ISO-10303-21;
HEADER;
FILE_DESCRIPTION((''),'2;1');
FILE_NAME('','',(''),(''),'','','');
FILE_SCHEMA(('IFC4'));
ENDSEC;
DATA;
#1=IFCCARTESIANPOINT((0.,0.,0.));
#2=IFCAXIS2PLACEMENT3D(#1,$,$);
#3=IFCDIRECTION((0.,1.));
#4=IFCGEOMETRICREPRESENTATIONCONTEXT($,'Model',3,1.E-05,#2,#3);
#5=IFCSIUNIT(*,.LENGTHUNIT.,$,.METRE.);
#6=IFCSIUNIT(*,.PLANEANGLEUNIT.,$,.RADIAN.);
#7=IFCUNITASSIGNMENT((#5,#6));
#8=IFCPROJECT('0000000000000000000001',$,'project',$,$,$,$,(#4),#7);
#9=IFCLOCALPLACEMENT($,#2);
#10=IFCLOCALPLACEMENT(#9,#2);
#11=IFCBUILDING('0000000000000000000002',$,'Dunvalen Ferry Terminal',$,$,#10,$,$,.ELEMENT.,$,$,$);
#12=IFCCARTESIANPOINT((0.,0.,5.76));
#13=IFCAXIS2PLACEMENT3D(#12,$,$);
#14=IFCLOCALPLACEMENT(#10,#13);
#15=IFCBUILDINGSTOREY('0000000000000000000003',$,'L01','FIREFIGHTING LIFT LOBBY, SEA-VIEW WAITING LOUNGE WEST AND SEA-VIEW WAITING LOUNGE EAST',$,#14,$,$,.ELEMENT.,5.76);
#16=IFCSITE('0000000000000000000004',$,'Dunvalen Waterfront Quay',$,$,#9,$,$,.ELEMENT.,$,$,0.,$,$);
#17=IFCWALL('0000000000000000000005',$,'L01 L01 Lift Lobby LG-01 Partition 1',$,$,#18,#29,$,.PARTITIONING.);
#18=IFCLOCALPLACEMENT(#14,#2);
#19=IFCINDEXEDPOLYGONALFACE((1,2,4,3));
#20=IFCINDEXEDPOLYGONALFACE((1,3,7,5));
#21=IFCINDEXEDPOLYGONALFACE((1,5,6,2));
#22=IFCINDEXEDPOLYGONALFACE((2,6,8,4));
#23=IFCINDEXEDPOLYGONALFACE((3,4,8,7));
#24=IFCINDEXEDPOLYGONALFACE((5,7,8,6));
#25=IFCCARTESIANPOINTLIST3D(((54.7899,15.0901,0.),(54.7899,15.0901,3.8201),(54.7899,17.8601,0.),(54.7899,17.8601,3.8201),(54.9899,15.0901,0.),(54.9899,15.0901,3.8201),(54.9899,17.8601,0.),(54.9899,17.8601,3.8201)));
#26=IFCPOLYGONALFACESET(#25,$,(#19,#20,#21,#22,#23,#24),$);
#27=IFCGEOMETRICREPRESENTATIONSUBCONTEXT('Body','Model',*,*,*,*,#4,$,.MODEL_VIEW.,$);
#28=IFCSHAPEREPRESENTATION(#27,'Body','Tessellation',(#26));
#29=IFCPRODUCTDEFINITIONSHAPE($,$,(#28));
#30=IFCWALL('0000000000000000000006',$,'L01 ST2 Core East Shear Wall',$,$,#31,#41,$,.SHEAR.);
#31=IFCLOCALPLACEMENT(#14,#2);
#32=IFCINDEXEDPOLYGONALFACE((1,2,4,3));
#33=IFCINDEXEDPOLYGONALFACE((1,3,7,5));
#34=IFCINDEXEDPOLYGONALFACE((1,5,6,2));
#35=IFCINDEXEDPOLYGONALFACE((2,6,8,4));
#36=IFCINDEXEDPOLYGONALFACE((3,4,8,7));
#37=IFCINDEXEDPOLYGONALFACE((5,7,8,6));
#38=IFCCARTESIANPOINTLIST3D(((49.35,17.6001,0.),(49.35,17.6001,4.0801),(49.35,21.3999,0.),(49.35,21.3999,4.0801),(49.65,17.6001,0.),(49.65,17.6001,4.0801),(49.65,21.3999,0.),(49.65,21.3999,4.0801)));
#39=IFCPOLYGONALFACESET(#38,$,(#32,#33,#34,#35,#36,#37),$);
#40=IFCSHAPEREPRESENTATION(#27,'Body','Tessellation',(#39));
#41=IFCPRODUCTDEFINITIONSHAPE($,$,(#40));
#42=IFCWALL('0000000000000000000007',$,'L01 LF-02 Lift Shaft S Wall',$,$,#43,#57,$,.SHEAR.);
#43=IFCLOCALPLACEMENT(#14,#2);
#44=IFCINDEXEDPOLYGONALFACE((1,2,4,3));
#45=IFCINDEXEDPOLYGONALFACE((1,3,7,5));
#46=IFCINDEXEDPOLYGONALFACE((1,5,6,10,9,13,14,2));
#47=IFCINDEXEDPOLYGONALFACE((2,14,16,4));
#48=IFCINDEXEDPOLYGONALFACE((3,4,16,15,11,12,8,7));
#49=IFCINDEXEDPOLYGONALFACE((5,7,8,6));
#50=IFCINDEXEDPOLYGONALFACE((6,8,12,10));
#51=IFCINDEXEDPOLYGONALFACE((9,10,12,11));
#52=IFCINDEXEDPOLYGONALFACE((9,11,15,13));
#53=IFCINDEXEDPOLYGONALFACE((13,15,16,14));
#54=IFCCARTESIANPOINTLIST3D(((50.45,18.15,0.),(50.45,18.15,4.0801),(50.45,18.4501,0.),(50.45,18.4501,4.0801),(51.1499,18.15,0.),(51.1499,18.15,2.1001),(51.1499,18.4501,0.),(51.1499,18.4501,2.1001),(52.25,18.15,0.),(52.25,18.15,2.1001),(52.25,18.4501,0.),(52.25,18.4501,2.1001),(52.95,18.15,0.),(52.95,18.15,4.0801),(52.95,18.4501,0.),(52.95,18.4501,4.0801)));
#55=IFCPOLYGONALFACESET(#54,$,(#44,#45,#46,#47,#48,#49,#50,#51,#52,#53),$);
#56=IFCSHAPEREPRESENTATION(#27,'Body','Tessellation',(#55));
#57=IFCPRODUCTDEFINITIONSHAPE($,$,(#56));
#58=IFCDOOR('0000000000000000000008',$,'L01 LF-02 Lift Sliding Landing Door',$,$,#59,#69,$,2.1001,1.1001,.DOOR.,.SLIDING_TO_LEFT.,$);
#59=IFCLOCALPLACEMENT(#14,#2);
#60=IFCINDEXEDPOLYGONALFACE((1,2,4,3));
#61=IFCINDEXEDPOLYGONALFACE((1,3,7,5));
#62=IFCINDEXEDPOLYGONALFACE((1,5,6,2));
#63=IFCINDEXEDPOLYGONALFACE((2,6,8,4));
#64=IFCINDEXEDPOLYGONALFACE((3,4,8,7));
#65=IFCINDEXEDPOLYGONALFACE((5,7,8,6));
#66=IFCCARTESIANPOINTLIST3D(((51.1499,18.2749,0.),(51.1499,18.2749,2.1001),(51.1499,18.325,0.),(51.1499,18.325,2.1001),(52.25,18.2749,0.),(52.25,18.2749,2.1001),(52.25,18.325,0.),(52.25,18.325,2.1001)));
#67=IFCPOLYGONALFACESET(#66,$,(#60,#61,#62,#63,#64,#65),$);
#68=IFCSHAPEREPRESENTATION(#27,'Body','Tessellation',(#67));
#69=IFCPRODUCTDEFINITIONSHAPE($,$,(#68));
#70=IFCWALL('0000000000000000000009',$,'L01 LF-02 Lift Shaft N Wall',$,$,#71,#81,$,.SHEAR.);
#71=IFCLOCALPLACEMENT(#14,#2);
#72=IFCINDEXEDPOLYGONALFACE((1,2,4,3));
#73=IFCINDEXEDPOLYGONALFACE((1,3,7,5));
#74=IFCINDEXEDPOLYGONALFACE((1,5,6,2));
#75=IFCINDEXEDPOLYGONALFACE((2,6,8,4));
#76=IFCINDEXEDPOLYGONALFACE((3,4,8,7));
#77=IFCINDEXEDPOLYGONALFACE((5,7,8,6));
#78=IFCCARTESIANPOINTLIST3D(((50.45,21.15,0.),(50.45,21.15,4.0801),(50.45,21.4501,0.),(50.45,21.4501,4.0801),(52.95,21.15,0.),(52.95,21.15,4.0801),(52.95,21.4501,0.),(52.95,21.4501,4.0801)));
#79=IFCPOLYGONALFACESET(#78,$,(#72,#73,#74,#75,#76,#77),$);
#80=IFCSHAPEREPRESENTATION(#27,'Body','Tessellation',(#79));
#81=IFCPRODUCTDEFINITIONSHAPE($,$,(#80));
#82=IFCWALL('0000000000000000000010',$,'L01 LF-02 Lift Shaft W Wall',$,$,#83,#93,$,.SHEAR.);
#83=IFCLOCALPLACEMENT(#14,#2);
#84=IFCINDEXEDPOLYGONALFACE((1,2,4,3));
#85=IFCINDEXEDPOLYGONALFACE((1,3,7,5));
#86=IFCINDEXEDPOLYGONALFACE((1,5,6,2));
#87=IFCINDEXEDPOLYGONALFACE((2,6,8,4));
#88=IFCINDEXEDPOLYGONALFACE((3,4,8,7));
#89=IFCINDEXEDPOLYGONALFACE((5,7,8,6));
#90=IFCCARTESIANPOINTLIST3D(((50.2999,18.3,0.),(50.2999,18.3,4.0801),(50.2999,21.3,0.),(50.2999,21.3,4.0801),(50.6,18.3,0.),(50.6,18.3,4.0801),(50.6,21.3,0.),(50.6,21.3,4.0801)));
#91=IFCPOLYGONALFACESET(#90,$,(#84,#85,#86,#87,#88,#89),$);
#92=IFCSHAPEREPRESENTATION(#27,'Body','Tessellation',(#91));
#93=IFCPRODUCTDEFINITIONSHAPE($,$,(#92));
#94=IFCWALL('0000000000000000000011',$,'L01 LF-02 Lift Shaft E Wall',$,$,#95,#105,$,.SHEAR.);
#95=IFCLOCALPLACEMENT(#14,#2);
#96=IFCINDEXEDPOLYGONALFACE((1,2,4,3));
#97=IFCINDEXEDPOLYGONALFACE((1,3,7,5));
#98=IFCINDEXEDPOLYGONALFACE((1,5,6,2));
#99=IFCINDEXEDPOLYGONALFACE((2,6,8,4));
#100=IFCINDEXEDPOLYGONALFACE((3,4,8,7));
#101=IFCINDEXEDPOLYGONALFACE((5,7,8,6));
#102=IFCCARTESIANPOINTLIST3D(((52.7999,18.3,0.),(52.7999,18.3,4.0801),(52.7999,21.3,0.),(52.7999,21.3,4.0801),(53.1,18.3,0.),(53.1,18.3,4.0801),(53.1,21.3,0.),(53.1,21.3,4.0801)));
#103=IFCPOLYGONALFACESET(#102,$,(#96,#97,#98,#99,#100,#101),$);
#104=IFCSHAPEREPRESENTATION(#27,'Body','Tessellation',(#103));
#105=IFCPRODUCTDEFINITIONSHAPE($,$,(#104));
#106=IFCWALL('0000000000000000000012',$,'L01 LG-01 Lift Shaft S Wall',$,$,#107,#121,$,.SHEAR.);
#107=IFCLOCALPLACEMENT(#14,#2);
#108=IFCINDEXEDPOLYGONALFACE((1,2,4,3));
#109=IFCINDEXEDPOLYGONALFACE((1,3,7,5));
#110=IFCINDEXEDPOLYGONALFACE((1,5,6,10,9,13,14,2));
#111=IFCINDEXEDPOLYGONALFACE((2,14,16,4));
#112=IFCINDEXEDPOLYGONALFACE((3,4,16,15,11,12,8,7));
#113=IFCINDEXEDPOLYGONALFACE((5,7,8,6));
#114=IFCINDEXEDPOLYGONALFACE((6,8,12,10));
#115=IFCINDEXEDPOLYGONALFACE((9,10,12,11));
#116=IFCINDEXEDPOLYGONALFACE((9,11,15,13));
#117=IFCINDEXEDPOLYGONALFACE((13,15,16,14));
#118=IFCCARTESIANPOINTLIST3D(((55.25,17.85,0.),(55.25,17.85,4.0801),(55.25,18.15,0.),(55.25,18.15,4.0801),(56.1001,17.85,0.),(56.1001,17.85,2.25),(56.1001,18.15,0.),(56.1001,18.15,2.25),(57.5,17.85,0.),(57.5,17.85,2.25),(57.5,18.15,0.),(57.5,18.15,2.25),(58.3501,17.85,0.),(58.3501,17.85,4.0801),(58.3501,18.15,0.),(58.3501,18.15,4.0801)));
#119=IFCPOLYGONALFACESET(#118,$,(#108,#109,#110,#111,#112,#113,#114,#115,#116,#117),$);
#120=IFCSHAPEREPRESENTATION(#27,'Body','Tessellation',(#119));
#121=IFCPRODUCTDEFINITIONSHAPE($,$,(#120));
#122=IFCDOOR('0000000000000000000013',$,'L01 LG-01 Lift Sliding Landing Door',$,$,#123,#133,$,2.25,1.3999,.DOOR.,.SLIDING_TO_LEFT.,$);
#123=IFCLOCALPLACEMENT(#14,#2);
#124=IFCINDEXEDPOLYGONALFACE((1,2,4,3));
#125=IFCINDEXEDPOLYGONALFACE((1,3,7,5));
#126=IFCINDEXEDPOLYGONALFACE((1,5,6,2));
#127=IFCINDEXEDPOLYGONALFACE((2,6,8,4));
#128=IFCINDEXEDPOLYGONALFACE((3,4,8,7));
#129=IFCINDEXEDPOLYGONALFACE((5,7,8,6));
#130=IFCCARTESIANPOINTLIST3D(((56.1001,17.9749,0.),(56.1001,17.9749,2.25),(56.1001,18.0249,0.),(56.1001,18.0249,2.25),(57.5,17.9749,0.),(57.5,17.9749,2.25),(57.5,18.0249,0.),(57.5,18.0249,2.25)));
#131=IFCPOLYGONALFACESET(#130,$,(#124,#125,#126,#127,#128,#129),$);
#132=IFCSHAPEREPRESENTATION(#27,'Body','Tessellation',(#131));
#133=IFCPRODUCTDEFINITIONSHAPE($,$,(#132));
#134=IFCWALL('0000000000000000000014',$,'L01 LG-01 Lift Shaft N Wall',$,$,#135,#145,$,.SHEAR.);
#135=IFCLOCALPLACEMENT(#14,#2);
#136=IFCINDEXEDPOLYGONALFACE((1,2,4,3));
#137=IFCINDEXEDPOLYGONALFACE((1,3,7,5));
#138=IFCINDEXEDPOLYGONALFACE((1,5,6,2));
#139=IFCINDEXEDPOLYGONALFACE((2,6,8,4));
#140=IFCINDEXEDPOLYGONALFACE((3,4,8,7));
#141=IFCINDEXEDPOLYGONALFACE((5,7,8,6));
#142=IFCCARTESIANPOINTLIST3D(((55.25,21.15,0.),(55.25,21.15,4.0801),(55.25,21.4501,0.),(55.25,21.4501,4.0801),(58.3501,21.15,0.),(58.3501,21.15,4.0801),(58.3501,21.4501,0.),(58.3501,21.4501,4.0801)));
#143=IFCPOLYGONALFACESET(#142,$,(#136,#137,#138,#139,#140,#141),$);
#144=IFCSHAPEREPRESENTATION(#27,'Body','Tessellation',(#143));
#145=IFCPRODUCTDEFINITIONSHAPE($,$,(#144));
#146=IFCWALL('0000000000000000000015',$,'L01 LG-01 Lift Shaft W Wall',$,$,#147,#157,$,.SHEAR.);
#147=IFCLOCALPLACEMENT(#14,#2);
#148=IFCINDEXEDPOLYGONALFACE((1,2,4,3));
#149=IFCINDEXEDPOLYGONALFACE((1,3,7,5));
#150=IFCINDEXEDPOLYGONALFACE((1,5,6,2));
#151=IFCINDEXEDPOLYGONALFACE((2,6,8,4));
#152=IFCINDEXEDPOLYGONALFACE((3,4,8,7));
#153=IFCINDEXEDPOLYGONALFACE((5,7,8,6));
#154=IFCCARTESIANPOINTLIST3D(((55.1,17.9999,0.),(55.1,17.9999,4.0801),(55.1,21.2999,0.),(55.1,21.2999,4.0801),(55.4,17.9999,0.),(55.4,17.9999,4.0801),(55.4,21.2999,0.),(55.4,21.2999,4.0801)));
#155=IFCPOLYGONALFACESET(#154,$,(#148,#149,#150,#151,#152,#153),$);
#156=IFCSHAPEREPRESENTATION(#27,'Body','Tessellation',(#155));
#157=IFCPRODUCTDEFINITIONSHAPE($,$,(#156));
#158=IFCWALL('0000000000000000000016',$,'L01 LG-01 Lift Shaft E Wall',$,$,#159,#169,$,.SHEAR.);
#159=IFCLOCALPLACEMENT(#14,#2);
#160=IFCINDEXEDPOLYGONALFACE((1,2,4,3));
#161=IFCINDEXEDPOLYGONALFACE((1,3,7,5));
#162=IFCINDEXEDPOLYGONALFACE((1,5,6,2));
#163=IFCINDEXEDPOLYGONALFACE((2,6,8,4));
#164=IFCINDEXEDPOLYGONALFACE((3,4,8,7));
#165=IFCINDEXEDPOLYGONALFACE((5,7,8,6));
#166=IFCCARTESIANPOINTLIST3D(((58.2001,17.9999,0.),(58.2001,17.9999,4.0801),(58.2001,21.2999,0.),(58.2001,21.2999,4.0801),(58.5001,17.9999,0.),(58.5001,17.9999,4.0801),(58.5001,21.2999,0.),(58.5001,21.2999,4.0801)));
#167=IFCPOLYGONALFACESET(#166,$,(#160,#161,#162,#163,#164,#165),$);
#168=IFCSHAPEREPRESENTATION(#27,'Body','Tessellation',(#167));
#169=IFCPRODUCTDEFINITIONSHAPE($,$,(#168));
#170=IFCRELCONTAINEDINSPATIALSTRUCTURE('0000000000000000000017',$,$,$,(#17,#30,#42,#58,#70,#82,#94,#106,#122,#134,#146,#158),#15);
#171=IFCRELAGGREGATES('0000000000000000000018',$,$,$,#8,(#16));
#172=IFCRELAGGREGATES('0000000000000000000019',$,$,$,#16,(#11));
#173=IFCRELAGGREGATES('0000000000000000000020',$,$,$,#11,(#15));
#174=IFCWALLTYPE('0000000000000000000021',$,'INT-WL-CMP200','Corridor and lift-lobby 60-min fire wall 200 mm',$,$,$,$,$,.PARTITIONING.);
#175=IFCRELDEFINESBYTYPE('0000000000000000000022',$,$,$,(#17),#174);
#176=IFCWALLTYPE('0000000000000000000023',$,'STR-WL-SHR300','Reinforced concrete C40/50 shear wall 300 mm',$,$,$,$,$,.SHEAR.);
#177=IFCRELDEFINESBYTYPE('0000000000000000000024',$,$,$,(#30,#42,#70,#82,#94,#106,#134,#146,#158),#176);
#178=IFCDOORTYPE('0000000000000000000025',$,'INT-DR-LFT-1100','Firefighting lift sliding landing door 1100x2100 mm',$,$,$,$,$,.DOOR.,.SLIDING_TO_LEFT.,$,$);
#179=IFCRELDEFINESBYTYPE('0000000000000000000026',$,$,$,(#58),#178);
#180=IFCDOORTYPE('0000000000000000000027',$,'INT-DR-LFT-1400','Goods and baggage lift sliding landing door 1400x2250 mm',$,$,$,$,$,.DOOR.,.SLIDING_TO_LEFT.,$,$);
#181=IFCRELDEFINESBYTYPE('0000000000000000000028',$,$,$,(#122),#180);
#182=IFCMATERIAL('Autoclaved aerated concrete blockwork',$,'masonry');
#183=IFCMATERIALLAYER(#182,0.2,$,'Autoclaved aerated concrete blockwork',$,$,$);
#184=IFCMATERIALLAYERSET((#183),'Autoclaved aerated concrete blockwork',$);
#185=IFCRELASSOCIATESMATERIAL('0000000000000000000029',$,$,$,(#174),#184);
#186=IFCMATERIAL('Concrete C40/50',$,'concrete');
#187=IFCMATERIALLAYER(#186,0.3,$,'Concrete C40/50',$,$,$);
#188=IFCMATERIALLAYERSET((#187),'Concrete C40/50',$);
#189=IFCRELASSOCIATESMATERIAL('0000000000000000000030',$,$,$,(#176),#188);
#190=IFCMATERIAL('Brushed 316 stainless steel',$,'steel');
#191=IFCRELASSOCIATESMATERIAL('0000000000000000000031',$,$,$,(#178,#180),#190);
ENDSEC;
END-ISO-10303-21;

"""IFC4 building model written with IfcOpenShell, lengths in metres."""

from ifc_helpers import new_model, si_unit, direction, frame, frame_2d, origin, place, context, subcontext, project, spatial, rectangle, extrude, material, layer, layer_set, type_object, element, fill, save


model = new_model("IFC4")

# Units and contexts
model_context = context("Model", 3, precision=1e-05, world=origin(), true_north=direction((0.0, 1.0)))
body_context = subcontext(model_context, "Body", "Model", "MODEL_VIEW")
ifc_project = project(units=[si_unit("LENGTHUNIT", "METRE"), si_unit("PLANEANGLEUNIT", "RADIAN")], contexts=[model_context])

# Site, building, storey
site_placement = place(None, origin())
site = spatial("IfcSite", under=ifc_project, at=site_placement, Name="Dunvalen Waterfront Quay", CompositionType="ELEMENT", RefElevation=0.0)
building_placement = place(site_placement, origin())
building = spatial("IfcBuilding", under=site, at=building_placement, Name="Dunvalen Ferry Terminal", CompositionType="ELEMENT")
storey_placement = place(building_placement, frame((0.0, 0.0, 5.76)))
storey = spatial("IfcBuildingStorey", under=building, at=storey_placement, Name="L01", Description="FIREFIGHTING LIFT LOBBY, SEA-VIEW WAITING LOUNGE WEST AND SEA-VIEW WAITING LOUNGE EAST", CompositionType="ELEMENT", Elevation=5.76)

# Wall
ifc_material_1 = material(Name="Autoclaved aerated concrete blockwork", Category="masonry")
ifc_layer_1 = layer(ifc_material_1, 0.2, Name="Autoclaved aerated concrete blockwork")
ifc_layer_set_1 = layer_set([ifc_layer_1], Name="Autoclaved aerated concrete blockwork")
wall_type_1 = type_object("IfcWallType", Name="INT-WL-CMP200", Description="Corridor and lift-lobby 60-min fire wall 200 mm", PredefinedType="PARTITIONING", material=ifc_layer_set_1)
wall_1_placement = place(storey_placement, frame((54.8899, 17.8601, 0.0), z_axis=(0.0, 0.0, 1.0), x_axis=(0.0, -1.0, 0.0)))
element("IfcWall", 1, at=wall_1_placement, inside=storey, type_object=wall_type_1, Name="L01 L01 Lift Lobby LG-01 Partition 1", PredefinedType="PARTITIONING", context=body_context, shape_type="SweptSolid", body=[
    extrude(rectangle(XDim=2.77, YDim=0.2, at=frame_2d((1.385, 0.0))), origin(), (0.0, 0.0, 1.0), 3.8201),
])

# Wall
ifc_material_2 = material(Name="Concrete C40/50", Category="concrete")
ifc_layer_2 = layer(ifc_material_2, 0.3, Name="Concrete C40/50")
ifc_layer_set_2 = layer_set([ifc_layer_2], Name="Concrete C40/50")
wall_type_2 = type_object("IfcWallType", Name="STR-WL-SHR300", Description="Reinforced concrete C40/50 shear wall 300 mm", PredefinedType="SHEAR", material=ifc_layer_set_2)
wall_2_placement = place(storey_placement, frame((49.5, 17.6001, 0.0), z_axis=(0.0, 0.0, 1.0), x_axis=(0.0, 1.0, 0.0)))
element("IfcWall", 2, at=wall_2_placement, inside=storey, type_object=wall_type_2, Name="L01 ST2 Core East Shear Wall", PredefinedType="SHEAR", context=body_context, shape_type="SweptSolid", body=[
    extrude(rectangle(XDim=3.7998, YDim=0.3, at=frame_2d((1.8999, 0.0))), origin(), (0.0, 0.0, 1.0), 4.0801),
])

# Wall, opening, door
wall_3_placement = place(storey_placement, frame((50.45, 18.3, 0.0), z_axis=(0.0, 0.0, 1.0), x_axis=(1.0, 0.0, 0.0)))
wall_3 = element("IfcWall", 3, at=wall_3_placement, inside=storey, type_object=wall_type_2, Name="L01 LF-02 Lift Shaft S Wall", PredefinedType="SHEAR", context=body_context, shape_type="SweptSolid", body=[
    extrude(rectangle(XDim=2.5, YDim=0.3, at=frame_2d((1.25, 0.0))), origin(), (0.0, 0.0, 1.0), 4.0801),
])
opening_1_placement = place(wall_3_placement, frame((0.7, 0.0, 0.0)))
opening_1 = element("IfcOpeningElement", 4, at=opening_1_placement, cuts=wall_3, PredefinedType="OPENING", context=body_context, shape_type="SweptSolid", body=[
    extrude(rectangle(XDim=1.1001, YDim=2.1001, at=frame_2d((0.55, 1.05))), frame((0.0, 0.1602, 0.0), z_axis=(0.0, -1.0, 0.0), x_axis=(1.0, 0.0, 0.0)), (0.0, 0.0, 1.0), 0.3201),
])
ifc_material_3 = material(Name="Brushed 316 stainless steel", Category="steel")
door_type_1 = type_object("IfcDoorType", Name="INT-DR-LFT-1100", Description="Firefighting lift sliding landing door 1100x2100 mm", OperationType="SLIDING_TO_LEFT", PredefinedType="DOOR", material=ifc_material_3)
door_1_placement = place(opening_1_placement, origin())
door_1 = element("IfcDoor", 5, at=door_1_placement, inside=storey, type_object=door_type_1, Name="L01 LF-02 Lift Sliding Landing Door", OperationType="SLIDING_TO_LEFT", OverallHeight=2.1001, OverallWidth=1.1001, PredefinedType="DOOR", context=body_context, shape_type="SweptSolid", body=[
    extrude(rectangle(XDim=1.1001, YDim=2.1001, at=frame_2d((0.55, 1.05))), frame((0.0, 0.0249, 0.0), z_axis=(0.0, -1.0, 0.0), x_axis=(1.0, 0.0, 0.0)), (0.0, 0.0, 1.0), 0.05),
])
fill(opening_1, door_1)

# Walls
wall_4_placement = place(storey_placement, frame((50.45, 21.3, 0.0), z_axis=(0.0, 0.0, 1.0), x_axis=(1.0, 0.0, 0.0)))
element("IfcWall", 6, at=wall_4_placement, inside=storey, type_object=wall_type_2, Name="L01 LF-02 Lift Shaft N Wall", PredefinedType="SHEAR", context=body_context, shape_type="SweptSolid", body=[
    extrude(rectangle(XDim=2.5, YDim=0.3, at=frame_2d((1.25, 0.0))), origin(), (0.0, 0.0, 1.0), 4.0801),
])
for number, where, z_axis, x_axis, name in (
    (7, (50.45, 18.3, 0.0), (0.0, 0.0, 1.0), (0.0, 1.0, 0.0), "L01 LF-02 Lift Shaft W Wall"),
    (8, (52.95, 18.3, 0.0), (0.0, 0.0, 1.0), (0.0, 1.0, 0.0), "L01 LF-02 Lift Shaft E Wall"),
):
    element("IfcWall", number, at=place(storey_placement, frame(where, z_axis=z_axis, x_axis=x_axis)), inside=storey, type_object=wall_type_2, Name=name, PredefinedType="SHEAR", context=body_context, shape_type="SweptSolid", body=[
        extrude(rectangle(XDim=3.0, YDim=0.3, at=frame_2d((1.5, 0.0))), origin(), (0.0, 0.0, 1.0), 4.0801),
    ])

# Wall, opening, door
wall_5_placement = place(storey_placement, frame((55.25, 18.0, 0.0), z_axis=(0.0, 0.0, 1.0), x_axis=(1.0, 0.0, 0.0)))
wall_5 = element("IfcWall", 9, at=wall_5_placement, inside=storey, type_object=wall_type_2, Name="L01 LG-01 Lift Shaft S Wall", PredefinedType="SHEAR", context=body_context, shape_type="SweptSolid", body=[
    extrude(rectangle(XDim=3.1001, YDim=0.3, at=frame_2d((1.55, 0.0))), origin(), (0.0, 0.0, 1.0), 4.0801),
])
opening_2_placement = place(wall_5_placement, frame((0.8501, 0.0, 0.0)))
opening_2 = element("IfcOpeningElement", 10, at=opening_2_placement, cuts=wall_5, PredefinedType="OPENING", context=body_context, shape_type="SweptSolid", body=[
    extrude(rectangle(XDim=1.3999, YDim=2.25, at=frame_2d((0.7, 1.125))), frame((0.0, 0.1602, 0.0), z_axis=(0.0, -1.0, 0.0), x_axis=(1.0, 0.0, 0.0)), (0.0, 0.0, 1.0), 0.3201),
])
door_type_2 = type_object("IfcDoorType", Name="INT-DR-LFT-1400", Description="Goods and baggage lift sliding landing door 1400x2250 mm", OperationType="SLIDING_TO_LEFT", PredefinedType="DOOR", material=ifc_material_3)
door_2_placement = place(opening_2_placement, origin())
door_2 = element("IfcDoor", 11, at=door_2_placement, inside=storey, type_object=door_type_2, Name="L01 LG-01 Lift Sliding Landing Door", OperationType="SLIDING_TO_LEFT", OverallHeight=2.25, OverallWidth=1.3999, PredefinedType="DOOR", context=body_context, shape_type="SweptSolid", body=[
    extrude(rectangle(XDim=1.3999, YDim=2.25, at=frame_2d((0.7, 1.125))), frame((0.0, 0.0249, 0.0), z_axis=(0.0, -1.0, 0.0), x_axis=(1.0, 0.0, 0.0)), (0.0, 0.0, 1.0), 0.05),
])
fill(opening_2, door_2)

# Walls
wall_6_placement = place(storey_placement, frame((55.25, 21.3, 0.0), z_axis=(0.0, 0.0, 1.0), x_axis=(1.0, 0.0, 0.0)))
element("IfcWall", 12, at=wall_6_placement, inside=storey, type_object=wall_type_2, Name="L01 LG-01 Lift Shaft N Wall", PredefinedType="SHEAR", context=body_context, shape_type="SweptSolid", body=[
    extrude(rectangle(XDim=3.1001, YDim=0.3, at=frame_2d((1.55, 0.0))), origin(), (0.0, 0.0, 1.0), 4.0801),
])
for number, where, z_axis, x_axis, name in (
    (13, (55.25, 18.0, 0.0), (0.0, 0.0, 1.0), (0.0, 1.0, 0.0), "L01 LG-01 Lift Shaft W Wall"),
    (14, (58.3501, 18.0, 0.0), (0.0, 0.0, 1.0), (0.0, 1.0, 0.0), "L01 LG-01 Lift Shaft E Wall"),
):
    element("IfcWall", number, at=place(storey_placement, frame(where, z_axis=z_axis, x_axis=x_axis)), inside=storey, type_object=wall_type_2, Name=name, PredefinedType="SHEAR", context=body_context, shape_type="SweptSolid", body=[
        extrude(rectangle(XDim=3.3, YDim=0.3, at=frame_2d((1.6499, 0.0))), origin(), (0.0, 0.0, 1.0), 4.0801),
    ])

save(model, "model.ifc")
